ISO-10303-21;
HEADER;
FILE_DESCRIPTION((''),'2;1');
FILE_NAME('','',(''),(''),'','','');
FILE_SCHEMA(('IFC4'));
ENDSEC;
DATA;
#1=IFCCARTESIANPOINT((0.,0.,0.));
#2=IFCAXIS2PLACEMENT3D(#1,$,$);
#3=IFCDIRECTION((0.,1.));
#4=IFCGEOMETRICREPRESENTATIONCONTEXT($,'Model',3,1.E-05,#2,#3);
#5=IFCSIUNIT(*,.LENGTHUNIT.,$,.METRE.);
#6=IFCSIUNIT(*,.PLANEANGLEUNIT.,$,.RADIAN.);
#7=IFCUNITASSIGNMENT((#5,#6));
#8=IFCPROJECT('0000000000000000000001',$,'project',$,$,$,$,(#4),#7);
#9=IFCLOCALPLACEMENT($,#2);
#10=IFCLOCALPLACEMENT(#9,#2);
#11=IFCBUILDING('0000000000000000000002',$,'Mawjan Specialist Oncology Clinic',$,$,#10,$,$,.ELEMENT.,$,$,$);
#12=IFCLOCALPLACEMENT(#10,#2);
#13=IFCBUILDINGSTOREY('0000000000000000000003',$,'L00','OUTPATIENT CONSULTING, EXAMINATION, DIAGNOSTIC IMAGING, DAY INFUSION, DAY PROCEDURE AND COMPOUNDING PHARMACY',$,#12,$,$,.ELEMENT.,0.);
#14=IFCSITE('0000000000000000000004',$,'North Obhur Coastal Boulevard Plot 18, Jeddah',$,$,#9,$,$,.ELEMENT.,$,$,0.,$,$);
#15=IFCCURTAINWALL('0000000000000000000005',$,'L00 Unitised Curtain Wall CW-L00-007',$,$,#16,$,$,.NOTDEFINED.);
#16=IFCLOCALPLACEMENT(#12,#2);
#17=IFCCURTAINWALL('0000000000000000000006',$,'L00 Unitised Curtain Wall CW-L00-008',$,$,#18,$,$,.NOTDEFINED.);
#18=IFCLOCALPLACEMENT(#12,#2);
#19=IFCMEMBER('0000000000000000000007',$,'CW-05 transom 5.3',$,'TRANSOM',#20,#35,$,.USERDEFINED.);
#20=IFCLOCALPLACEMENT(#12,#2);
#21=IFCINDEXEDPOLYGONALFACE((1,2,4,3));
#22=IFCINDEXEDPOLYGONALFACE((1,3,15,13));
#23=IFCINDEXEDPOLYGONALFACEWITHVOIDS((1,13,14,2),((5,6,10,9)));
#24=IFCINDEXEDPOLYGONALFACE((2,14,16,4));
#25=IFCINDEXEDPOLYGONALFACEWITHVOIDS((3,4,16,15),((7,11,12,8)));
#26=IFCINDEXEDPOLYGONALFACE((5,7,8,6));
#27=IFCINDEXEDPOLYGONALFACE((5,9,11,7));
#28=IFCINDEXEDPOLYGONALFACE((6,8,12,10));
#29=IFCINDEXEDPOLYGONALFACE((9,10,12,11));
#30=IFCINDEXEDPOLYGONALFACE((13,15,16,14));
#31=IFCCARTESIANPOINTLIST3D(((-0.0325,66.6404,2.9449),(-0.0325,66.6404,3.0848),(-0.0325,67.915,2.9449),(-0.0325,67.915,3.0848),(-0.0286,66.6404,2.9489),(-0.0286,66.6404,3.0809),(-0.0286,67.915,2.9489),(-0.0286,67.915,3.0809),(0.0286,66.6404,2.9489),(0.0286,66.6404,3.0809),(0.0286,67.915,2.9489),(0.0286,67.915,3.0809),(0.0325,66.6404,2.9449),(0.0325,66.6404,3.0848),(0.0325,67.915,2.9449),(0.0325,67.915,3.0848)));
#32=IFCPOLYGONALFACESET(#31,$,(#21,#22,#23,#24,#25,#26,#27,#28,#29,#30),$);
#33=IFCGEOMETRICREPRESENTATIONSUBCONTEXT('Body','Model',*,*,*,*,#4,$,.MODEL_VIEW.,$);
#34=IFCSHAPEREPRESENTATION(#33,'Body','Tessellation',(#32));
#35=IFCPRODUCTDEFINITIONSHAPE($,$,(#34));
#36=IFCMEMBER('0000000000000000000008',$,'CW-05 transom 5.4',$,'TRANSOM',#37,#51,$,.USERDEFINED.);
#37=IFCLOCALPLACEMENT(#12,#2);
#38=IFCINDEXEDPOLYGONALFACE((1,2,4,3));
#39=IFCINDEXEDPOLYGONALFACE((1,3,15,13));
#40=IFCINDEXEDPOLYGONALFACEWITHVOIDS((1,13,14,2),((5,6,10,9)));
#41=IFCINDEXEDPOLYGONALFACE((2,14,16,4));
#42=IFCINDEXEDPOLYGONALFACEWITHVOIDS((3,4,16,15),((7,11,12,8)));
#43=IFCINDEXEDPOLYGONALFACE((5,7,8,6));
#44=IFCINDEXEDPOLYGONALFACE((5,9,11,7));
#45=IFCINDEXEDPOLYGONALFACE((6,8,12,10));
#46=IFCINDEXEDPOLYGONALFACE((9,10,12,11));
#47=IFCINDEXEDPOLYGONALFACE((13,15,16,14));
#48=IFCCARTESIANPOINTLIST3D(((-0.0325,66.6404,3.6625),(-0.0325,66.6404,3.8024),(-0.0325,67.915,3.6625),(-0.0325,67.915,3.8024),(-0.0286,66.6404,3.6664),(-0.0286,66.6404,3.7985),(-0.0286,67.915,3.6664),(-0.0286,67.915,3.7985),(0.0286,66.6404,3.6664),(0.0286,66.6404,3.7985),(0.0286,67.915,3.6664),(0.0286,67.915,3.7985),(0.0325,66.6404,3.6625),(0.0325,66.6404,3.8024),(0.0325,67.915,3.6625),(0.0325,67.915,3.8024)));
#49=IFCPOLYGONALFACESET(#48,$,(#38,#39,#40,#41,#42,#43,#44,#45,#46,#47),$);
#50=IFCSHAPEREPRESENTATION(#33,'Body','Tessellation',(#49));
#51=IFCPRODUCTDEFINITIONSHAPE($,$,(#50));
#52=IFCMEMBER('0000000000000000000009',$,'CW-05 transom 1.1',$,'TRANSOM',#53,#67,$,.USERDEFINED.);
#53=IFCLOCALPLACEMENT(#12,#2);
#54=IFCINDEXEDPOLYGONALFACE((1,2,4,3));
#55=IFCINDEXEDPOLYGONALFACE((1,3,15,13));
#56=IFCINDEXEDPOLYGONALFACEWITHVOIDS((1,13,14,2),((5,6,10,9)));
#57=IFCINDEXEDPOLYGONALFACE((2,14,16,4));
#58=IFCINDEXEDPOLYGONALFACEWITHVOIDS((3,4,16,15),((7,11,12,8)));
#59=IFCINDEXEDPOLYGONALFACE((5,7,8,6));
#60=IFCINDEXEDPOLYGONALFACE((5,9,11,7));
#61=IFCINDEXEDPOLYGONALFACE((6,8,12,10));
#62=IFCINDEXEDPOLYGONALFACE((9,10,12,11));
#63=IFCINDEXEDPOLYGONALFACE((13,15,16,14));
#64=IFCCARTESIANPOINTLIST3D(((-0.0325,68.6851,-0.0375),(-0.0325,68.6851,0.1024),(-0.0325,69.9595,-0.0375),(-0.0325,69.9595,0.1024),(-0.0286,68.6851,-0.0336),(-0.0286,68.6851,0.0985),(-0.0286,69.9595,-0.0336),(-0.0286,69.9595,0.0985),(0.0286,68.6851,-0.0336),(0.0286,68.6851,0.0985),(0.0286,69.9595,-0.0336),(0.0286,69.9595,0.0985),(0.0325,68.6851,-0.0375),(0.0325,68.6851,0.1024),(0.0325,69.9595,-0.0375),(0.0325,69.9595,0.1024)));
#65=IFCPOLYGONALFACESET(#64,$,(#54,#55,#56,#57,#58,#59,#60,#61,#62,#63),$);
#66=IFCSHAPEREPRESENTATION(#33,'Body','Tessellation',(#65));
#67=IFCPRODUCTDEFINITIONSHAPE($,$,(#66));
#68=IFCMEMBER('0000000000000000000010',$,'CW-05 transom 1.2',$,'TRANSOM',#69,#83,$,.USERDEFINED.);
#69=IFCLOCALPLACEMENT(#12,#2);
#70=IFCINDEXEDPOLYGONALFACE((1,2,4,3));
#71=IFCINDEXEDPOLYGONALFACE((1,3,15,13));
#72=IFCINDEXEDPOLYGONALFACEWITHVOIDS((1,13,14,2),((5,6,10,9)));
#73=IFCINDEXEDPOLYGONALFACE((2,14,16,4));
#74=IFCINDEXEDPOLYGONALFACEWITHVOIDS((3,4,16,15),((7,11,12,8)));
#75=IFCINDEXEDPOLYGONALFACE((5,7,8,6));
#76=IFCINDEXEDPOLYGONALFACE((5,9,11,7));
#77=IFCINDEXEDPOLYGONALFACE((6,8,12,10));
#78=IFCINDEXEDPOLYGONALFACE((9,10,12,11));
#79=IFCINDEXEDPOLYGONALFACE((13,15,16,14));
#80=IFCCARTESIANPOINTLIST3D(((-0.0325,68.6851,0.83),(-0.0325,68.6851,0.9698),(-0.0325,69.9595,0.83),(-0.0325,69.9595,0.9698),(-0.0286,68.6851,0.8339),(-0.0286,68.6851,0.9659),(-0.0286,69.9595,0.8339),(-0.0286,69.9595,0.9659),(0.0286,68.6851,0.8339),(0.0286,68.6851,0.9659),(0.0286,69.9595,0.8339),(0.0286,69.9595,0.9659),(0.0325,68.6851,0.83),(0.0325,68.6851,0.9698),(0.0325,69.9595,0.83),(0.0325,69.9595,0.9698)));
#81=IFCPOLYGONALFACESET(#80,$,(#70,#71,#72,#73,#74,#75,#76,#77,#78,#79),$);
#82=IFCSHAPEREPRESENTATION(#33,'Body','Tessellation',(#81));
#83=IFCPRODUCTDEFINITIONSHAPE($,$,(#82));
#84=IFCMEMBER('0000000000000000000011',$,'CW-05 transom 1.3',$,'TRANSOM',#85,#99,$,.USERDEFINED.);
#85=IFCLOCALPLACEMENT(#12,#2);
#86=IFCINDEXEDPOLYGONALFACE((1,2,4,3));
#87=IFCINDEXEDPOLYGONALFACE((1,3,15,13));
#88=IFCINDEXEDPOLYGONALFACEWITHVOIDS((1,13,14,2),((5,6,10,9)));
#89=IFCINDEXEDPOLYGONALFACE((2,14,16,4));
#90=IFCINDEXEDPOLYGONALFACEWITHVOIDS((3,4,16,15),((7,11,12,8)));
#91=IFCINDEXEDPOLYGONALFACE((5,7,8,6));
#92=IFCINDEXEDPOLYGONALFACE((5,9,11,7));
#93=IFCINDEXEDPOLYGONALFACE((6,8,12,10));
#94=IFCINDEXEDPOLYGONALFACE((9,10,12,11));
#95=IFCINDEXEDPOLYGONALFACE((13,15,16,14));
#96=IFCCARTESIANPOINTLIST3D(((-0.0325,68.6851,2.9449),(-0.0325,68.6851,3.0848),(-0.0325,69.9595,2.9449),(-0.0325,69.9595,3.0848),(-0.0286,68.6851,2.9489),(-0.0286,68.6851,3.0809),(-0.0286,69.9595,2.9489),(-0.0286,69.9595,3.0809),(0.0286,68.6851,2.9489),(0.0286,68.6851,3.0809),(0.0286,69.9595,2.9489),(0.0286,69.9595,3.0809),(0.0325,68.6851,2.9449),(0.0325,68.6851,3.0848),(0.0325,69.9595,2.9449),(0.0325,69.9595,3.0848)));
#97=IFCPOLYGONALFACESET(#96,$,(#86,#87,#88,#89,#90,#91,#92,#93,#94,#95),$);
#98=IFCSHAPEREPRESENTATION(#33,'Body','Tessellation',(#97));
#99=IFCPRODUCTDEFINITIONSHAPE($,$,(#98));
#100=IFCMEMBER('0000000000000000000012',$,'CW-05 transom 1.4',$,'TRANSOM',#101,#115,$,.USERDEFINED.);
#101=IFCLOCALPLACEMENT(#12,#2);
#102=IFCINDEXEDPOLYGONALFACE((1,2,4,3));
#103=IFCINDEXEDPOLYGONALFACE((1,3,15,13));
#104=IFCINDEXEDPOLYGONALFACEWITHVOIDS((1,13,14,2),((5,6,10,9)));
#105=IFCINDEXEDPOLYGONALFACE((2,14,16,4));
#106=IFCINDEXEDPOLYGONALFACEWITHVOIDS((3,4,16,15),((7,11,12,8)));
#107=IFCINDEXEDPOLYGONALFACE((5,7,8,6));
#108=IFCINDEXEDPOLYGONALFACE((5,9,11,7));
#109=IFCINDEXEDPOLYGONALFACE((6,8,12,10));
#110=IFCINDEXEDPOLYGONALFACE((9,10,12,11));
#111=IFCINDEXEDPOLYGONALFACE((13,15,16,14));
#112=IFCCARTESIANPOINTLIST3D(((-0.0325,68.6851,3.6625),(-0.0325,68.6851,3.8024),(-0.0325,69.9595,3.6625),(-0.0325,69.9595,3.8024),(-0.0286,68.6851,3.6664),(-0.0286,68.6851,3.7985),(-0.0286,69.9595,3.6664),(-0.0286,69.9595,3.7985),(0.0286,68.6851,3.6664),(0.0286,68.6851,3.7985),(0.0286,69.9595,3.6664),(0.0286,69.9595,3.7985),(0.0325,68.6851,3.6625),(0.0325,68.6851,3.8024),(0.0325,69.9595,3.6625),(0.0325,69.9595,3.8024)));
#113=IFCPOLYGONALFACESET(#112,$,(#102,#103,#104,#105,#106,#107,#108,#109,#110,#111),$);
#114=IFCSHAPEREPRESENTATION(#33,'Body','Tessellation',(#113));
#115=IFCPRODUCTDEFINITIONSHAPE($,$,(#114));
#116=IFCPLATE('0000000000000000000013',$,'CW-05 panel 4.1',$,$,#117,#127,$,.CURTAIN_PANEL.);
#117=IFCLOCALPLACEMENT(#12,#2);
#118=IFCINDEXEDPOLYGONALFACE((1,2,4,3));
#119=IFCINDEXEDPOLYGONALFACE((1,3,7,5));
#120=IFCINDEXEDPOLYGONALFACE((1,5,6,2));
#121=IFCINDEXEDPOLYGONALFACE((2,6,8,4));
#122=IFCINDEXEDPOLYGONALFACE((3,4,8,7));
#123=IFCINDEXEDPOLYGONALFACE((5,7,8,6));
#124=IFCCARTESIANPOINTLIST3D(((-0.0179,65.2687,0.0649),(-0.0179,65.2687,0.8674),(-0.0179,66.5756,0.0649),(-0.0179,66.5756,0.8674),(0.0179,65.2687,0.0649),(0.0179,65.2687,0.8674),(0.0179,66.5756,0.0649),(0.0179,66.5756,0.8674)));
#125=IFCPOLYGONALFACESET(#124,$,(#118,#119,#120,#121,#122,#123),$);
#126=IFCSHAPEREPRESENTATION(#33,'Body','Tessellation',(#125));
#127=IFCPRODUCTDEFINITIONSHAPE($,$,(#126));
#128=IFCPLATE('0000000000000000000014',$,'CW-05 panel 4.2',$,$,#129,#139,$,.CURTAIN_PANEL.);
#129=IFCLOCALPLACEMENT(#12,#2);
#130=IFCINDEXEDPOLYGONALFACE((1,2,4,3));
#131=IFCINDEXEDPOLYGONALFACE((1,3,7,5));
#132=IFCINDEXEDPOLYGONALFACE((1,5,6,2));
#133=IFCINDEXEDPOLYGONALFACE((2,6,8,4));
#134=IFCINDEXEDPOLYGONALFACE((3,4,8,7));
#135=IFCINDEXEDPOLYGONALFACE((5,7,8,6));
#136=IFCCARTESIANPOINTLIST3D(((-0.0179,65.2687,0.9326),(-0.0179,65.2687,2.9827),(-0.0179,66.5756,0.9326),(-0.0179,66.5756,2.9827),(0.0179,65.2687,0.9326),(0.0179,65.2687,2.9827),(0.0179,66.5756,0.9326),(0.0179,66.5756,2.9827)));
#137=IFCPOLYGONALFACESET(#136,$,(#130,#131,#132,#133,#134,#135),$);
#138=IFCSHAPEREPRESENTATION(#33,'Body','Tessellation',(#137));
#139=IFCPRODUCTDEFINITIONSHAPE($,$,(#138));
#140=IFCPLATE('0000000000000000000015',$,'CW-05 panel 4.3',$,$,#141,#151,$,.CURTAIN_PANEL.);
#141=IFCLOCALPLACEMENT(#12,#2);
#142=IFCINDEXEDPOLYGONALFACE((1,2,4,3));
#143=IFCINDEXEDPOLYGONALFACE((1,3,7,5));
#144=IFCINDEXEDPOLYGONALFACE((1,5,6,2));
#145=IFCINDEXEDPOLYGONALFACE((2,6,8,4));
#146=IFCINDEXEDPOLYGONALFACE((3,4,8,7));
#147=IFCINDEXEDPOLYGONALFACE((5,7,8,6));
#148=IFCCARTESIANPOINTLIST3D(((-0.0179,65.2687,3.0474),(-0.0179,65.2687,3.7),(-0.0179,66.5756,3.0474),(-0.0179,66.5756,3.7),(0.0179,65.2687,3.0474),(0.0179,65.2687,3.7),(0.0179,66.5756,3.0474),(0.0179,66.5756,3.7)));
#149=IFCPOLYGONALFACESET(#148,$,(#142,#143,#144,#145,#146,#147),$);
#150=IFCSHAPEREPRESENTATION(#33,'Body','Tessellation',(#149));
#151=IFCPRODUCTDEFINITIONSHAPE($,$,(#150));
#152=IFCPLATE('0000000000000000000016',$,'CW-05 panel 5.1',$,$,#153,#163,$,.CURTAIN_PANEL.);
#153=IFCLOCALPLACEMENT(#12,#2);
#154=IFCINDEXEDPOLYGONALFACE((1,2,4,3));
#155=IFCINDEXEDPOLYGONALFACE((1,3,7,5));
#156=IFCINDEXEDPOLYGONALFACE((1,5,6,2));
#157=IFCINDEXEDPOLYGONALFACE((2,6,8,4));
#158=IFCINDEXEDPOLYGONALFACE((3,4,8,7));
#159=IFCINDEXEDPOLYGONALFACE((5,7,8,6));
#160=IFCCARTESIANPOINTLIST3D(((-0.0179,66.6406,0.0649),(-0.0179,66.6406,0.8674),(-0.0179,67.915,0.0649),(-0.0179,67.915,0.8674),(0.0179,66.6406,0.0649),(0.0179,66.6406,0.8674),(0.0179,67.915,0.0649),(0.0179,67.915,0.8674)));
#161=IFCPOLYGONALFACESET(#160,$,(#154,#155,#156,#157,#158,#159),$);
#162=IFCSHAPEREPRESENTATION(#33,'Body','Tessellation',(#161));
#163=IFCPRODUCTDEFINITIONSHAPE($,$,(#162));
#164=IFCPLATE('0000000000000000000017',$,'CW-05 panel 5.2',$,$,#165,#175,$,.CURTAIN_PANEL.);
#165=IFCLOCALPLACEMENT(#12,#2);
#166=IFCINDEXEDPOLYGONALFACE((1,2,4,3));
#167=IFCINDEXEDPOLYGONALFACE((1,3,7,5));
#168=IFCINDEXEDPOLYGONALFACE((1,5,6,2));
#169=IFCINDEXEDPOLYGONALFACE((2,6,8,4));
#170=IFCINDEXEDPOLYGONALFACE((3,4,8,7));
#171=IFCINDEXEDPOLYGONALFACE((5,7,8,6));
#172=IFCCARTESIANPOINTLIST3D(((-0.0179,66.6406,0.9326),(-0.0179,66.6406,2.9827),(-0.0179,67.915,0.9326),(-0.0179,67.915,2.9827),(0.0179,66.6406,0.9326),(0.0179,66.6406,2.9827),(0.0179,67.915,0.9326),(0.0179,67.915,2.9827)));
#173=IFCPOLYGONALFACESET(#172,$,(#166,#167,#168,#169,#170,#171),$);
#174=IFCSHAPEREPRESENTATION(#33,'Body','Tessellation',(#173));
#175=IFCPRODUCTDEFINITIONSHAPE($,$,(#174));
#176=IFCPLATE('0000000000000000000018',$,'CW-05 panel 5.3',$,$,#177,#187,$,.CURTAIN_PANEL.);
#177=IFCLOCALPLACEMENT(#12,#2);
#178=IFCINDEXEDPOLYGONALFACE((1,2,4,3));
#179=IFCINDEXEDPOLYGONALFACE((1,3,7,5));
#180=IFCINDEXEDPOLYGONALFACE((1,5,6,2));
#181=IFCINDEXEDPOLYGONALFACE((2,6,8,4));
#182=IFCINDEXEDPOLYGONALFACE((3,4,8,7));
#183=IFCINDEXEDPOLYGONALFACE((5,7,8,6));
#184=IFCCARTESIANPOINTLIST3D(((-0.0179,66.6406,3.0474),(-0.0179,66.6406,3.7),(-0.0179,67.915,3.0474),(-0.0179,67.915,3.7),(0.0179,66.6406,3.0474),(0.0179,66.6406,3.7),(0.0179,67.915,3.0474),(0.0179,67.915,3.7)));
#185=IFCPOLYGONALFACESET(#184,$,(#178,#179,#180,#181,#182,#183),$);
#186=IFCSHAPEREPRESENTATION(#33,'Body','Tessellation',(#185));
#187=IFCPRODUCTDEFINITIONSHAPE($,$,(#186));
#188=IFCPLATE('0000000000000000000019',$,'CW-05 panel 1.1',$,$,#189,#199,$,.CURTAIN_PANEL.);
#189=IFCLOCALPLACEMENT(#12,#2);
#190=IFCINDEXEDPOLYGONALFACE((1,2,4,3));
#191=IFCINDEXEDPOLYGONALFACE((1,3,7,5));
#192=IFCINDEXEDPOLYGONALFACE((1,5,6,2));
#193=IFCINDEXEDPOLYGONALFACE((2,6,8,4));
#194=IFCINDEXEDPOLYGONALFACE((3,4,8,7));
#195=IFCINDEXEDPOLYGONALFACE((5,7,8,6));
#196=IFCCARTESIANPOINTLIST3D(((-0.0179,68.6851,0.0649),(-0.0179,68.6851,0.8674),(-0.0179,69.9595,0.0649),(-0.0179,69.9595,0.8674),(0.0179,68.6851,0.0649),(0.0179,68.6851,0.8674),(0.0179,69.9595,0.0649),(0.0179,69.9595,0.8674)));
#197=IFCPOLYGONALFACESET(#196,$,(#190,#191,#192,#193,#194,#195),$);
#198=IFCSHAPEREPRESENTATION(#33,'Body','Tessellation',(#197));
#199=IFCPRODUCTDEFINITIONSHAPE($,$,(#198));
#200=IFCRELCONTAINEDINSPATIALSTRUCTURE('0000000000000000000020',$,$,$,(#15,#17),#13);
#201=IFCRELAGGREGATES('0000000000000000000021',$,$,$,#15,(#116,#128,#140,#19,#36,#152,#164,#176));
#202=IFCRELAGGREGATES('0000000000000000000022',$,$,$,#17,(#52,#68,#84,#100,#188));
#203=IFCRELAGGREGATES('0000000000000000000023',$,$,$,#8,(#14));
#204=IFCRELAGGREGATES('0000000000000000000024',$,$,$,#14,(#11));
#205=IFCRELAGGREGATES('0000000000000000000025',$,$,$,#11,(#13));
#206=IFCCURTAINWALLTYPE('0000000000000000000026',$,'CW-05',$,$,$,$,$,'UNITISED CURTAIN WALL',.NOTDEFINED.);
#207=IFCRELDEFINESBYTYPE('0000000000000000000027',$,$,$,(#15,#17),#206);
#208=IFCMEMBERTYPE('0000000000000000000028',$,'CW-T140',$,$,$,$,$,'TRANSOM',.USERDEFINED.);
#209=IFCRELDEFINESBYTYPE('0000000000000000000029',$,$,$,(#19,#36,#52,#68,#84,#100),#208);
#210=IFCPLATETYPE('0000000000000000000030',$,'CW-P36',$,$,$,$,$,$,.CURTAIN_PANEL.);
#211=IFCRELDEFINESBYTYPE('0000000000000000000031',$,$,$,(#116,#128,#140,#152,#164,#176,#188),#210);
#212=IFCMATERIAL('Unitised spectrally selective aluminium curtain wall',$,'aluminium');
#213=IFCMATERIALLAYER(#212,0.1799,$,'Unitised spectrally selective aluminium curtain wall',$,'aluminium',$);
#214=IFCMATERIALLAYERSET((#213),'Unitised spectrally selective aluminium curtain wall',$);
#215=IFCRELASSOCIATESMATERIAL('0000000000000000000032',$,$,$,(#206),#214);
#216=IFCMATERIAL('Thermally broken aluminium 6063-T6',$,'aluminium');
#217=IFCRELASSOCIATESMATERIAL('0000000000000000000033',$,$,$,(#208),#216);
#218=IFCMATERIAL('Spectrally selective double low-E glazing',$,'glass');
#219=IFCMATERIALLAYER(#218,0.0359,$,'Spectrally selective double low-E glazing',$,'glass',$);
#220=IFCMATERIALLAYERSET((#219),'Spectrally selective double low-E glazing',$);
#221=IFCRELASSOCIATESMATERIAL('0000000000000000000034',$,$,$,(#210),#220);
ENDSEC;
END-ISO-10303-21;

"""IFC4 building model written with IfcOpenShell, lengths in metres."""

from ifc_helpers import new_model, si_unit, direction, frame, origin, origin_2d, place, context, subcontext, project, spatial, rectangle, hollow_rectangle, extrude, material, layer, layer_set, material_profile, profile_set, type_object, element, aggregate, save


model = new_model("IFC4")

# Units and contexts
model_context = context("Model", 3, precision=1e-05, world=origin(), true_north=direction((0.0, 1.0)))
body_context = subcontext(model_context, "Body", "Model", "MODEL_VIEW")
ifc_project = project(units=[si_unit("LENGTHUNIT", "METRE"), si_unit("PLANEANGLEUNIT", "RADIAN")], contexts=[model_context])

# Site, building, storey
site_placement = place(None, origin())
site = spatial("IfcSite", under=ifc_project, at=site_placement, Name="North Obhur Coastal Boulevard Plot 18, Jeddah", CompositionType="ELEMENT", RefElevation=0.0)
building_placement = place(site_placement, origin())
building = spatial("IfcBuilding", under=site, at=building_placement, Name="Mawjan Specialist Oncology Clinic", CompositionType="ELEMENT")
storey_placement = place(building_placement, origin())
storey = spatial("IfcBuildingStorey", under=building, at=storey_placement, Name="L00", Description="OUTPATIENT CONSULTING, EXAMINATION, DIAGNOSTIC IMAGING, DAY INFUSION, DAY PROCEDURE AND COMPOUNDING PHARMACY", CompositionType="ELEMENT", Elevation=0.0)

# Curtain wall
ifc_material_1 = material(Name="Unitised spectrally selective aluminium curtain wall", Category="aluminium")
ifc_layer_1 = layer(ifc_material_1, 0.1799, Name="Unitised spectrally selective aluminium curtain wall", Category="aluminium")
ifc_layer_set_1 = layer_set([ifc_layer_1], Name="Unitised spectrally selective aluminium curtain wall")
curtain_wall_type = type_object("IfcCurtainWallType", Name="CW-05", ElementType="UNITISED CURTAIN WALL", PredefinedType="NOTDEFINED", material=ifc_layer_set_1)
curtain_wall_1_placement = place(storey_placement, origin())
curtain_wall_1 = element("IfcCurtainWall", 1, at=curtain_wall_1_placement, inside=storey, type_object=curtain_wall_type, Name="L00 Unitised Curtain Wall CW-L00-007", PredefinedType="NOTDEFINED")

# Curtain wall
curtain_wall_2_placement = place(storey_placement, origin())
curtain_wall_2 = element("IfcCurtainWall", 2, at=curtain_wall_2_placement, inside=storey, type_object=curtain_wall_type, Name="L00 Unitised Curtain Wall CW-L00-008", PredefinedType="NOTDEFINED")

# Members
ifc_material_2 = material(Name="Thermally broken aluminium 6063-T6", Category="aluminium")
ifc_material_profile_1 = material_profile(ifc_material_2, hollow_rectangle(XDim=0.0649, YDim=0.1399, WallThickness=0.0039, at=origin_2d()), Name="ALU TRANSOM 140x65x4", Category="aluminium")
ifc_profile_set_1 = profile_set([ifc_material_profile_1], Name="Thermally broken aluminium 6063-T6")
member_type_1 = type_object("IfcMemberType", Name="CW-T140", ElementType="TRANSOM", PredefinedType="USERDEFINED", material=ifc_profile_set_1)
member_1_placement = place(storey_placement, frame((0.0, 66.6404, 3.0149), z_axis=(0.0, 1.0, 0.0), x_axis=(-1.0, 0.0, 0.0)))
member_1 = element("IfcMember", 3, at=member_1_placement, type_object=member_type_1, Name="CW-05 transom 5.3", ObjectType="TRANSOM", PredefinedType="USERDEFINED", context=body_context, shape_type="SweptSolid", body=[
    extrude(hollow_rectangle(XDim=0.0649, YDim=0.1399, WallThickness=0.0039, at=origin_2d()), origin(), (0.0, 0.0, 1.0), 1.2747),
])
member_2_placement = place(storey_placement, frame((0.0, 66.6404, 3.7324), z_axis=(0.0, 1.0, 0.0), x_axis=(-1.0, 0.0, 0.0)))
member_2 = element("IfcMember", 4, at=member_2_placement, type_object=member_type_1, Name="CW-05 transom 5.4", ObjectType="TRANSOM", PredefinedType="USERDEFINED", context=body_context, shape_type="SweptSolid", body=[
    extrude(hollow_rectangle(XDim=0.0649, YDim=0.1399, WallThickness=0.0039, at=origin_2d()), origin(), (0.0, 0.0, 1.0), 1.2747),
])
member_3_placement = place(storey_placement, frame((0.0, 68.6851, 0.0325), z_axis=(0.0, 1.0, 0.0), x_axis=(-1.0, 0.0, 0.0)))
member_3 = element("IfcMember", 5, at=member_3_placement, type_object=member_type_1, Name="CW-05 transom 1.1", ObjectType="TRANSOM", PredefinedType="USERDEFINED", context=body_context, shape_type="SweptSolid", body=[
    extrude(hollow_rectangle(XDim=0.0649, YDim=0.1399, WallThickness=0.0039, at=origin_2d()), origin(), (0.0, 0.0, 1.0), 1.2744),
])
member_4_placement = place(storey_placement, frame((0.0, 68.6851, 0.8999), z_axis=(0.0, 1.0, 0.0), x_axis=(-1.0, 0.0, 0.0)))
member_4 = element("IfcMember", 6, at=member_4_placement, type_object=member_type_1, Name="CW-05 transom 1.2", ObjectType="TRANSOM", PredefinedType="USERDEFINED", context=body_context, shape_type="SweptSolid", body=[
    extrude(hollow_rectangle(XDim=0.0649, YDim=0.1399, WallThickness=0.0039, at=origin_2d()), origin(), (0.0, 0.0, 1.0), 1.2744),
])
member_5_placement = place(storey_placement, frame((0.0, 68.6851, 3.0149), z_axis=(0.0, 1.0, 0.0), x_axis=(-1.0, 0.0, 0.0)))
member_5 = element("IfcMember", 7, at=member_5_placement, type_object=member_type_1, Name="CW-05 transom 1.3", ObjectType="TRANSOM", PredefinedType="USERDEFINED", context=body_context, shape_type="SweptSolid", body=[
    extrude(hollow_rectangle(XDim=0.0649, YDim=0.1399, WallThickness=0.0039, at=origin_2d()), origin(), (0.0, 0.0, 1.0), 1.2744),
])
member_6_placement = place(storey_placement, frame((0.0, 68.6851, 3.7324), z_axis=(0.0, 1.0, 0.0), x_axis=(-1.0, 0.0, 0.0)))
member_6 = element("IfcMember", 8, at=member_6_placement, type_object=member_type_1, Name="CW-05 transom 1.4", ObjectType="TRANSOM", PredefinedType="USERDEFINED", context=body_context, shape_type="SweptSolid", body=[
    extrude(hollow_rectangle(XDim=0.0649, YDim=0.1399, WallThickness=0.0039, at=origin_2d()), origin(), (0.0, 0.0, 1.0), 1.2744),
])

# Plates
ifc_material_3 = material(Name="Spectrally selective double low-E glazing", Category="glass")
ifc_layer_2 = layer(ifc_material_3, 0.0359, Name="Spectrally selective double low-E glazing", Category="glass")
ifc_layer_set_2 = layer_set([ifc_layer_2], Name="Spectrally selective double low-E glazing")
plate_type = type_object("IfcPlateType", Name="CW-P36", PredefinedType="CURTAIN_PANEL", material=ifc_layer_set_2)
plate_1_placement = place(storey_placement, frame((0.0, 65.9221, 0.0649), z_axis=(0.0, 0.0, 1.0), x_axis=(0.0, 1.0, 0.0)))
plate_1 = element("IfcPlate", 9, at=plate_1_placement, type_object=plate_type, Name="CW-05 panel 4.1", PredefinedType="CURTAIN_PANEL", context=body_context, shape_type="SweptSolid", body=[
    extrude(rectangle(XDim=1.3069, YDim=0.0359, at=origin_2d()), origin(), (0.0, 0.0, 1.0), 0.8025),
])
plate_2_placement = place(storey_placement, frame((0.0, 65.9221, 0.9326), z_axis=(0.0, 0.0, 1.0), x_axis=(0.0, 1.0, 0.0)))
plate_2 = element("IfcPlate", 10, at=plate_2_placement, type_object=plate_type, Name="CW-05 panel 4.2", PredefinedType="CURTAIN_PANEL", context=body_context, shape_type="SweptSolid", body=[
    extrude(rectangle(XDim=1.3069, YDim=0.0359, at=origin_2d()), origin(), (0.0, 0.0, 1.0), 2.05),
])
plate_3_placement = place(storey_placement, frame((0.0, 65.9221, 3.0474), z_axis=(0.0, 0.0, 1.0), x_axis=(0.0, 1.0, 0.0)))
plate_3 = element("IfcPlate", 11, at=plate_3_placement, type_object=plate_type, Name="CW-05 panel 4.3", PredefinedType="CURTAIN_PANEL", context=body_context, shape_type="SweptSolid", body=[
    extrude(rectangle(XDim=1.3069, YDim=0.0359, at=origin_2d()), origin(), (0.0, 0.0, 1.0), 0.6526),
])
plate_4_placement = place(storey_placement, frame((0.0, 67.2778, 0.0649), z_axis=(0.0, 0.0, 1.0), x_axis=(0.0, 1.0, 0.0)))
plate_4 = element("IfcPlate", 12, at=plate_4_placement, type_object=plate_type, Name="CW-05 panel 5.1", PredefinedType="CURTAIN_PANEL", context=body_context, shape_type="SweptSolid", body=[
    extrude(rectangle(XDim=1.2744, YDim=0.0359, at=origin_2d()), origin(), (0.0, 0.0, 1.0), 0.8025),
])
plate_5_placement = place(storey_placement, frame((0.0, 67.2778, 0.9326), z_axis=(0.0, 0.0, 1.0), x_axis=(0.0, 1.0, 0.0)))
plate_5 = element("IfcPlate", 13, at=plate_5_placement, type_object=plate_type, Name="CW-05 panel 5.2", PredefinedType="CURTAIN_PANEL", context=body_context, shape_type="SweptSolid", body=[
    extrude(rectangle(XDim=1.2744, YDim=0.0359, at=origin_2d()), origin(), (0.0, 0.0, 1.0), 2.05),
])
plate_6_placement = place(storey_placement, frame((0.0, 67.2778, 3.0474), z_axis=(0.0, 0.0, 1.0), x_axis=(0.0, 1.0, 0.0)))
plate_6 = element("IfcPlate", 14, at=plate_6_placement, type_object=plate_type, Name="CW-05 panel 5.3", PredefinedType="CURTAIN_PANEL", context=body_context, shape_type="SweptSolid", body=[
    extrude(rectangle(XDim=1.2744, YDim=0.0359, at=origin_2d()), origin(), (0.0, 0.0, 1.0), 0.6526),
])
aggregate(curtain_wall_1, [plate_1, plate_2, plate_3, member_1, member_2, plate_4, plate_5, plate_6])
plate_7_placement = place(storey_placement, frame((0.0, 69.3223, 0.0649), z_axis=(0.0, 0.0, 1.0), x_axis=(0.0, 1.0, 0.0)))
plate_7 = element("IfcPlate", 15, at=plate_7_placement, type_object=plate_type, Name="CW-05 panel 1.1", PredefinedType="CURTAIN_PANEL", context=body_context, shape_type="SweptSolid", body=[
    extrude(rectangle(XDim=1.2744, YDim=0.0359, at=origin_2d()), origin(), (0.0, 0.0, 1.0), 0.8025),
])
aggregate(curtain_wall_2, [member_3, member_4, member_5, member_6, plate_7])

save(model, "model.ifc")
